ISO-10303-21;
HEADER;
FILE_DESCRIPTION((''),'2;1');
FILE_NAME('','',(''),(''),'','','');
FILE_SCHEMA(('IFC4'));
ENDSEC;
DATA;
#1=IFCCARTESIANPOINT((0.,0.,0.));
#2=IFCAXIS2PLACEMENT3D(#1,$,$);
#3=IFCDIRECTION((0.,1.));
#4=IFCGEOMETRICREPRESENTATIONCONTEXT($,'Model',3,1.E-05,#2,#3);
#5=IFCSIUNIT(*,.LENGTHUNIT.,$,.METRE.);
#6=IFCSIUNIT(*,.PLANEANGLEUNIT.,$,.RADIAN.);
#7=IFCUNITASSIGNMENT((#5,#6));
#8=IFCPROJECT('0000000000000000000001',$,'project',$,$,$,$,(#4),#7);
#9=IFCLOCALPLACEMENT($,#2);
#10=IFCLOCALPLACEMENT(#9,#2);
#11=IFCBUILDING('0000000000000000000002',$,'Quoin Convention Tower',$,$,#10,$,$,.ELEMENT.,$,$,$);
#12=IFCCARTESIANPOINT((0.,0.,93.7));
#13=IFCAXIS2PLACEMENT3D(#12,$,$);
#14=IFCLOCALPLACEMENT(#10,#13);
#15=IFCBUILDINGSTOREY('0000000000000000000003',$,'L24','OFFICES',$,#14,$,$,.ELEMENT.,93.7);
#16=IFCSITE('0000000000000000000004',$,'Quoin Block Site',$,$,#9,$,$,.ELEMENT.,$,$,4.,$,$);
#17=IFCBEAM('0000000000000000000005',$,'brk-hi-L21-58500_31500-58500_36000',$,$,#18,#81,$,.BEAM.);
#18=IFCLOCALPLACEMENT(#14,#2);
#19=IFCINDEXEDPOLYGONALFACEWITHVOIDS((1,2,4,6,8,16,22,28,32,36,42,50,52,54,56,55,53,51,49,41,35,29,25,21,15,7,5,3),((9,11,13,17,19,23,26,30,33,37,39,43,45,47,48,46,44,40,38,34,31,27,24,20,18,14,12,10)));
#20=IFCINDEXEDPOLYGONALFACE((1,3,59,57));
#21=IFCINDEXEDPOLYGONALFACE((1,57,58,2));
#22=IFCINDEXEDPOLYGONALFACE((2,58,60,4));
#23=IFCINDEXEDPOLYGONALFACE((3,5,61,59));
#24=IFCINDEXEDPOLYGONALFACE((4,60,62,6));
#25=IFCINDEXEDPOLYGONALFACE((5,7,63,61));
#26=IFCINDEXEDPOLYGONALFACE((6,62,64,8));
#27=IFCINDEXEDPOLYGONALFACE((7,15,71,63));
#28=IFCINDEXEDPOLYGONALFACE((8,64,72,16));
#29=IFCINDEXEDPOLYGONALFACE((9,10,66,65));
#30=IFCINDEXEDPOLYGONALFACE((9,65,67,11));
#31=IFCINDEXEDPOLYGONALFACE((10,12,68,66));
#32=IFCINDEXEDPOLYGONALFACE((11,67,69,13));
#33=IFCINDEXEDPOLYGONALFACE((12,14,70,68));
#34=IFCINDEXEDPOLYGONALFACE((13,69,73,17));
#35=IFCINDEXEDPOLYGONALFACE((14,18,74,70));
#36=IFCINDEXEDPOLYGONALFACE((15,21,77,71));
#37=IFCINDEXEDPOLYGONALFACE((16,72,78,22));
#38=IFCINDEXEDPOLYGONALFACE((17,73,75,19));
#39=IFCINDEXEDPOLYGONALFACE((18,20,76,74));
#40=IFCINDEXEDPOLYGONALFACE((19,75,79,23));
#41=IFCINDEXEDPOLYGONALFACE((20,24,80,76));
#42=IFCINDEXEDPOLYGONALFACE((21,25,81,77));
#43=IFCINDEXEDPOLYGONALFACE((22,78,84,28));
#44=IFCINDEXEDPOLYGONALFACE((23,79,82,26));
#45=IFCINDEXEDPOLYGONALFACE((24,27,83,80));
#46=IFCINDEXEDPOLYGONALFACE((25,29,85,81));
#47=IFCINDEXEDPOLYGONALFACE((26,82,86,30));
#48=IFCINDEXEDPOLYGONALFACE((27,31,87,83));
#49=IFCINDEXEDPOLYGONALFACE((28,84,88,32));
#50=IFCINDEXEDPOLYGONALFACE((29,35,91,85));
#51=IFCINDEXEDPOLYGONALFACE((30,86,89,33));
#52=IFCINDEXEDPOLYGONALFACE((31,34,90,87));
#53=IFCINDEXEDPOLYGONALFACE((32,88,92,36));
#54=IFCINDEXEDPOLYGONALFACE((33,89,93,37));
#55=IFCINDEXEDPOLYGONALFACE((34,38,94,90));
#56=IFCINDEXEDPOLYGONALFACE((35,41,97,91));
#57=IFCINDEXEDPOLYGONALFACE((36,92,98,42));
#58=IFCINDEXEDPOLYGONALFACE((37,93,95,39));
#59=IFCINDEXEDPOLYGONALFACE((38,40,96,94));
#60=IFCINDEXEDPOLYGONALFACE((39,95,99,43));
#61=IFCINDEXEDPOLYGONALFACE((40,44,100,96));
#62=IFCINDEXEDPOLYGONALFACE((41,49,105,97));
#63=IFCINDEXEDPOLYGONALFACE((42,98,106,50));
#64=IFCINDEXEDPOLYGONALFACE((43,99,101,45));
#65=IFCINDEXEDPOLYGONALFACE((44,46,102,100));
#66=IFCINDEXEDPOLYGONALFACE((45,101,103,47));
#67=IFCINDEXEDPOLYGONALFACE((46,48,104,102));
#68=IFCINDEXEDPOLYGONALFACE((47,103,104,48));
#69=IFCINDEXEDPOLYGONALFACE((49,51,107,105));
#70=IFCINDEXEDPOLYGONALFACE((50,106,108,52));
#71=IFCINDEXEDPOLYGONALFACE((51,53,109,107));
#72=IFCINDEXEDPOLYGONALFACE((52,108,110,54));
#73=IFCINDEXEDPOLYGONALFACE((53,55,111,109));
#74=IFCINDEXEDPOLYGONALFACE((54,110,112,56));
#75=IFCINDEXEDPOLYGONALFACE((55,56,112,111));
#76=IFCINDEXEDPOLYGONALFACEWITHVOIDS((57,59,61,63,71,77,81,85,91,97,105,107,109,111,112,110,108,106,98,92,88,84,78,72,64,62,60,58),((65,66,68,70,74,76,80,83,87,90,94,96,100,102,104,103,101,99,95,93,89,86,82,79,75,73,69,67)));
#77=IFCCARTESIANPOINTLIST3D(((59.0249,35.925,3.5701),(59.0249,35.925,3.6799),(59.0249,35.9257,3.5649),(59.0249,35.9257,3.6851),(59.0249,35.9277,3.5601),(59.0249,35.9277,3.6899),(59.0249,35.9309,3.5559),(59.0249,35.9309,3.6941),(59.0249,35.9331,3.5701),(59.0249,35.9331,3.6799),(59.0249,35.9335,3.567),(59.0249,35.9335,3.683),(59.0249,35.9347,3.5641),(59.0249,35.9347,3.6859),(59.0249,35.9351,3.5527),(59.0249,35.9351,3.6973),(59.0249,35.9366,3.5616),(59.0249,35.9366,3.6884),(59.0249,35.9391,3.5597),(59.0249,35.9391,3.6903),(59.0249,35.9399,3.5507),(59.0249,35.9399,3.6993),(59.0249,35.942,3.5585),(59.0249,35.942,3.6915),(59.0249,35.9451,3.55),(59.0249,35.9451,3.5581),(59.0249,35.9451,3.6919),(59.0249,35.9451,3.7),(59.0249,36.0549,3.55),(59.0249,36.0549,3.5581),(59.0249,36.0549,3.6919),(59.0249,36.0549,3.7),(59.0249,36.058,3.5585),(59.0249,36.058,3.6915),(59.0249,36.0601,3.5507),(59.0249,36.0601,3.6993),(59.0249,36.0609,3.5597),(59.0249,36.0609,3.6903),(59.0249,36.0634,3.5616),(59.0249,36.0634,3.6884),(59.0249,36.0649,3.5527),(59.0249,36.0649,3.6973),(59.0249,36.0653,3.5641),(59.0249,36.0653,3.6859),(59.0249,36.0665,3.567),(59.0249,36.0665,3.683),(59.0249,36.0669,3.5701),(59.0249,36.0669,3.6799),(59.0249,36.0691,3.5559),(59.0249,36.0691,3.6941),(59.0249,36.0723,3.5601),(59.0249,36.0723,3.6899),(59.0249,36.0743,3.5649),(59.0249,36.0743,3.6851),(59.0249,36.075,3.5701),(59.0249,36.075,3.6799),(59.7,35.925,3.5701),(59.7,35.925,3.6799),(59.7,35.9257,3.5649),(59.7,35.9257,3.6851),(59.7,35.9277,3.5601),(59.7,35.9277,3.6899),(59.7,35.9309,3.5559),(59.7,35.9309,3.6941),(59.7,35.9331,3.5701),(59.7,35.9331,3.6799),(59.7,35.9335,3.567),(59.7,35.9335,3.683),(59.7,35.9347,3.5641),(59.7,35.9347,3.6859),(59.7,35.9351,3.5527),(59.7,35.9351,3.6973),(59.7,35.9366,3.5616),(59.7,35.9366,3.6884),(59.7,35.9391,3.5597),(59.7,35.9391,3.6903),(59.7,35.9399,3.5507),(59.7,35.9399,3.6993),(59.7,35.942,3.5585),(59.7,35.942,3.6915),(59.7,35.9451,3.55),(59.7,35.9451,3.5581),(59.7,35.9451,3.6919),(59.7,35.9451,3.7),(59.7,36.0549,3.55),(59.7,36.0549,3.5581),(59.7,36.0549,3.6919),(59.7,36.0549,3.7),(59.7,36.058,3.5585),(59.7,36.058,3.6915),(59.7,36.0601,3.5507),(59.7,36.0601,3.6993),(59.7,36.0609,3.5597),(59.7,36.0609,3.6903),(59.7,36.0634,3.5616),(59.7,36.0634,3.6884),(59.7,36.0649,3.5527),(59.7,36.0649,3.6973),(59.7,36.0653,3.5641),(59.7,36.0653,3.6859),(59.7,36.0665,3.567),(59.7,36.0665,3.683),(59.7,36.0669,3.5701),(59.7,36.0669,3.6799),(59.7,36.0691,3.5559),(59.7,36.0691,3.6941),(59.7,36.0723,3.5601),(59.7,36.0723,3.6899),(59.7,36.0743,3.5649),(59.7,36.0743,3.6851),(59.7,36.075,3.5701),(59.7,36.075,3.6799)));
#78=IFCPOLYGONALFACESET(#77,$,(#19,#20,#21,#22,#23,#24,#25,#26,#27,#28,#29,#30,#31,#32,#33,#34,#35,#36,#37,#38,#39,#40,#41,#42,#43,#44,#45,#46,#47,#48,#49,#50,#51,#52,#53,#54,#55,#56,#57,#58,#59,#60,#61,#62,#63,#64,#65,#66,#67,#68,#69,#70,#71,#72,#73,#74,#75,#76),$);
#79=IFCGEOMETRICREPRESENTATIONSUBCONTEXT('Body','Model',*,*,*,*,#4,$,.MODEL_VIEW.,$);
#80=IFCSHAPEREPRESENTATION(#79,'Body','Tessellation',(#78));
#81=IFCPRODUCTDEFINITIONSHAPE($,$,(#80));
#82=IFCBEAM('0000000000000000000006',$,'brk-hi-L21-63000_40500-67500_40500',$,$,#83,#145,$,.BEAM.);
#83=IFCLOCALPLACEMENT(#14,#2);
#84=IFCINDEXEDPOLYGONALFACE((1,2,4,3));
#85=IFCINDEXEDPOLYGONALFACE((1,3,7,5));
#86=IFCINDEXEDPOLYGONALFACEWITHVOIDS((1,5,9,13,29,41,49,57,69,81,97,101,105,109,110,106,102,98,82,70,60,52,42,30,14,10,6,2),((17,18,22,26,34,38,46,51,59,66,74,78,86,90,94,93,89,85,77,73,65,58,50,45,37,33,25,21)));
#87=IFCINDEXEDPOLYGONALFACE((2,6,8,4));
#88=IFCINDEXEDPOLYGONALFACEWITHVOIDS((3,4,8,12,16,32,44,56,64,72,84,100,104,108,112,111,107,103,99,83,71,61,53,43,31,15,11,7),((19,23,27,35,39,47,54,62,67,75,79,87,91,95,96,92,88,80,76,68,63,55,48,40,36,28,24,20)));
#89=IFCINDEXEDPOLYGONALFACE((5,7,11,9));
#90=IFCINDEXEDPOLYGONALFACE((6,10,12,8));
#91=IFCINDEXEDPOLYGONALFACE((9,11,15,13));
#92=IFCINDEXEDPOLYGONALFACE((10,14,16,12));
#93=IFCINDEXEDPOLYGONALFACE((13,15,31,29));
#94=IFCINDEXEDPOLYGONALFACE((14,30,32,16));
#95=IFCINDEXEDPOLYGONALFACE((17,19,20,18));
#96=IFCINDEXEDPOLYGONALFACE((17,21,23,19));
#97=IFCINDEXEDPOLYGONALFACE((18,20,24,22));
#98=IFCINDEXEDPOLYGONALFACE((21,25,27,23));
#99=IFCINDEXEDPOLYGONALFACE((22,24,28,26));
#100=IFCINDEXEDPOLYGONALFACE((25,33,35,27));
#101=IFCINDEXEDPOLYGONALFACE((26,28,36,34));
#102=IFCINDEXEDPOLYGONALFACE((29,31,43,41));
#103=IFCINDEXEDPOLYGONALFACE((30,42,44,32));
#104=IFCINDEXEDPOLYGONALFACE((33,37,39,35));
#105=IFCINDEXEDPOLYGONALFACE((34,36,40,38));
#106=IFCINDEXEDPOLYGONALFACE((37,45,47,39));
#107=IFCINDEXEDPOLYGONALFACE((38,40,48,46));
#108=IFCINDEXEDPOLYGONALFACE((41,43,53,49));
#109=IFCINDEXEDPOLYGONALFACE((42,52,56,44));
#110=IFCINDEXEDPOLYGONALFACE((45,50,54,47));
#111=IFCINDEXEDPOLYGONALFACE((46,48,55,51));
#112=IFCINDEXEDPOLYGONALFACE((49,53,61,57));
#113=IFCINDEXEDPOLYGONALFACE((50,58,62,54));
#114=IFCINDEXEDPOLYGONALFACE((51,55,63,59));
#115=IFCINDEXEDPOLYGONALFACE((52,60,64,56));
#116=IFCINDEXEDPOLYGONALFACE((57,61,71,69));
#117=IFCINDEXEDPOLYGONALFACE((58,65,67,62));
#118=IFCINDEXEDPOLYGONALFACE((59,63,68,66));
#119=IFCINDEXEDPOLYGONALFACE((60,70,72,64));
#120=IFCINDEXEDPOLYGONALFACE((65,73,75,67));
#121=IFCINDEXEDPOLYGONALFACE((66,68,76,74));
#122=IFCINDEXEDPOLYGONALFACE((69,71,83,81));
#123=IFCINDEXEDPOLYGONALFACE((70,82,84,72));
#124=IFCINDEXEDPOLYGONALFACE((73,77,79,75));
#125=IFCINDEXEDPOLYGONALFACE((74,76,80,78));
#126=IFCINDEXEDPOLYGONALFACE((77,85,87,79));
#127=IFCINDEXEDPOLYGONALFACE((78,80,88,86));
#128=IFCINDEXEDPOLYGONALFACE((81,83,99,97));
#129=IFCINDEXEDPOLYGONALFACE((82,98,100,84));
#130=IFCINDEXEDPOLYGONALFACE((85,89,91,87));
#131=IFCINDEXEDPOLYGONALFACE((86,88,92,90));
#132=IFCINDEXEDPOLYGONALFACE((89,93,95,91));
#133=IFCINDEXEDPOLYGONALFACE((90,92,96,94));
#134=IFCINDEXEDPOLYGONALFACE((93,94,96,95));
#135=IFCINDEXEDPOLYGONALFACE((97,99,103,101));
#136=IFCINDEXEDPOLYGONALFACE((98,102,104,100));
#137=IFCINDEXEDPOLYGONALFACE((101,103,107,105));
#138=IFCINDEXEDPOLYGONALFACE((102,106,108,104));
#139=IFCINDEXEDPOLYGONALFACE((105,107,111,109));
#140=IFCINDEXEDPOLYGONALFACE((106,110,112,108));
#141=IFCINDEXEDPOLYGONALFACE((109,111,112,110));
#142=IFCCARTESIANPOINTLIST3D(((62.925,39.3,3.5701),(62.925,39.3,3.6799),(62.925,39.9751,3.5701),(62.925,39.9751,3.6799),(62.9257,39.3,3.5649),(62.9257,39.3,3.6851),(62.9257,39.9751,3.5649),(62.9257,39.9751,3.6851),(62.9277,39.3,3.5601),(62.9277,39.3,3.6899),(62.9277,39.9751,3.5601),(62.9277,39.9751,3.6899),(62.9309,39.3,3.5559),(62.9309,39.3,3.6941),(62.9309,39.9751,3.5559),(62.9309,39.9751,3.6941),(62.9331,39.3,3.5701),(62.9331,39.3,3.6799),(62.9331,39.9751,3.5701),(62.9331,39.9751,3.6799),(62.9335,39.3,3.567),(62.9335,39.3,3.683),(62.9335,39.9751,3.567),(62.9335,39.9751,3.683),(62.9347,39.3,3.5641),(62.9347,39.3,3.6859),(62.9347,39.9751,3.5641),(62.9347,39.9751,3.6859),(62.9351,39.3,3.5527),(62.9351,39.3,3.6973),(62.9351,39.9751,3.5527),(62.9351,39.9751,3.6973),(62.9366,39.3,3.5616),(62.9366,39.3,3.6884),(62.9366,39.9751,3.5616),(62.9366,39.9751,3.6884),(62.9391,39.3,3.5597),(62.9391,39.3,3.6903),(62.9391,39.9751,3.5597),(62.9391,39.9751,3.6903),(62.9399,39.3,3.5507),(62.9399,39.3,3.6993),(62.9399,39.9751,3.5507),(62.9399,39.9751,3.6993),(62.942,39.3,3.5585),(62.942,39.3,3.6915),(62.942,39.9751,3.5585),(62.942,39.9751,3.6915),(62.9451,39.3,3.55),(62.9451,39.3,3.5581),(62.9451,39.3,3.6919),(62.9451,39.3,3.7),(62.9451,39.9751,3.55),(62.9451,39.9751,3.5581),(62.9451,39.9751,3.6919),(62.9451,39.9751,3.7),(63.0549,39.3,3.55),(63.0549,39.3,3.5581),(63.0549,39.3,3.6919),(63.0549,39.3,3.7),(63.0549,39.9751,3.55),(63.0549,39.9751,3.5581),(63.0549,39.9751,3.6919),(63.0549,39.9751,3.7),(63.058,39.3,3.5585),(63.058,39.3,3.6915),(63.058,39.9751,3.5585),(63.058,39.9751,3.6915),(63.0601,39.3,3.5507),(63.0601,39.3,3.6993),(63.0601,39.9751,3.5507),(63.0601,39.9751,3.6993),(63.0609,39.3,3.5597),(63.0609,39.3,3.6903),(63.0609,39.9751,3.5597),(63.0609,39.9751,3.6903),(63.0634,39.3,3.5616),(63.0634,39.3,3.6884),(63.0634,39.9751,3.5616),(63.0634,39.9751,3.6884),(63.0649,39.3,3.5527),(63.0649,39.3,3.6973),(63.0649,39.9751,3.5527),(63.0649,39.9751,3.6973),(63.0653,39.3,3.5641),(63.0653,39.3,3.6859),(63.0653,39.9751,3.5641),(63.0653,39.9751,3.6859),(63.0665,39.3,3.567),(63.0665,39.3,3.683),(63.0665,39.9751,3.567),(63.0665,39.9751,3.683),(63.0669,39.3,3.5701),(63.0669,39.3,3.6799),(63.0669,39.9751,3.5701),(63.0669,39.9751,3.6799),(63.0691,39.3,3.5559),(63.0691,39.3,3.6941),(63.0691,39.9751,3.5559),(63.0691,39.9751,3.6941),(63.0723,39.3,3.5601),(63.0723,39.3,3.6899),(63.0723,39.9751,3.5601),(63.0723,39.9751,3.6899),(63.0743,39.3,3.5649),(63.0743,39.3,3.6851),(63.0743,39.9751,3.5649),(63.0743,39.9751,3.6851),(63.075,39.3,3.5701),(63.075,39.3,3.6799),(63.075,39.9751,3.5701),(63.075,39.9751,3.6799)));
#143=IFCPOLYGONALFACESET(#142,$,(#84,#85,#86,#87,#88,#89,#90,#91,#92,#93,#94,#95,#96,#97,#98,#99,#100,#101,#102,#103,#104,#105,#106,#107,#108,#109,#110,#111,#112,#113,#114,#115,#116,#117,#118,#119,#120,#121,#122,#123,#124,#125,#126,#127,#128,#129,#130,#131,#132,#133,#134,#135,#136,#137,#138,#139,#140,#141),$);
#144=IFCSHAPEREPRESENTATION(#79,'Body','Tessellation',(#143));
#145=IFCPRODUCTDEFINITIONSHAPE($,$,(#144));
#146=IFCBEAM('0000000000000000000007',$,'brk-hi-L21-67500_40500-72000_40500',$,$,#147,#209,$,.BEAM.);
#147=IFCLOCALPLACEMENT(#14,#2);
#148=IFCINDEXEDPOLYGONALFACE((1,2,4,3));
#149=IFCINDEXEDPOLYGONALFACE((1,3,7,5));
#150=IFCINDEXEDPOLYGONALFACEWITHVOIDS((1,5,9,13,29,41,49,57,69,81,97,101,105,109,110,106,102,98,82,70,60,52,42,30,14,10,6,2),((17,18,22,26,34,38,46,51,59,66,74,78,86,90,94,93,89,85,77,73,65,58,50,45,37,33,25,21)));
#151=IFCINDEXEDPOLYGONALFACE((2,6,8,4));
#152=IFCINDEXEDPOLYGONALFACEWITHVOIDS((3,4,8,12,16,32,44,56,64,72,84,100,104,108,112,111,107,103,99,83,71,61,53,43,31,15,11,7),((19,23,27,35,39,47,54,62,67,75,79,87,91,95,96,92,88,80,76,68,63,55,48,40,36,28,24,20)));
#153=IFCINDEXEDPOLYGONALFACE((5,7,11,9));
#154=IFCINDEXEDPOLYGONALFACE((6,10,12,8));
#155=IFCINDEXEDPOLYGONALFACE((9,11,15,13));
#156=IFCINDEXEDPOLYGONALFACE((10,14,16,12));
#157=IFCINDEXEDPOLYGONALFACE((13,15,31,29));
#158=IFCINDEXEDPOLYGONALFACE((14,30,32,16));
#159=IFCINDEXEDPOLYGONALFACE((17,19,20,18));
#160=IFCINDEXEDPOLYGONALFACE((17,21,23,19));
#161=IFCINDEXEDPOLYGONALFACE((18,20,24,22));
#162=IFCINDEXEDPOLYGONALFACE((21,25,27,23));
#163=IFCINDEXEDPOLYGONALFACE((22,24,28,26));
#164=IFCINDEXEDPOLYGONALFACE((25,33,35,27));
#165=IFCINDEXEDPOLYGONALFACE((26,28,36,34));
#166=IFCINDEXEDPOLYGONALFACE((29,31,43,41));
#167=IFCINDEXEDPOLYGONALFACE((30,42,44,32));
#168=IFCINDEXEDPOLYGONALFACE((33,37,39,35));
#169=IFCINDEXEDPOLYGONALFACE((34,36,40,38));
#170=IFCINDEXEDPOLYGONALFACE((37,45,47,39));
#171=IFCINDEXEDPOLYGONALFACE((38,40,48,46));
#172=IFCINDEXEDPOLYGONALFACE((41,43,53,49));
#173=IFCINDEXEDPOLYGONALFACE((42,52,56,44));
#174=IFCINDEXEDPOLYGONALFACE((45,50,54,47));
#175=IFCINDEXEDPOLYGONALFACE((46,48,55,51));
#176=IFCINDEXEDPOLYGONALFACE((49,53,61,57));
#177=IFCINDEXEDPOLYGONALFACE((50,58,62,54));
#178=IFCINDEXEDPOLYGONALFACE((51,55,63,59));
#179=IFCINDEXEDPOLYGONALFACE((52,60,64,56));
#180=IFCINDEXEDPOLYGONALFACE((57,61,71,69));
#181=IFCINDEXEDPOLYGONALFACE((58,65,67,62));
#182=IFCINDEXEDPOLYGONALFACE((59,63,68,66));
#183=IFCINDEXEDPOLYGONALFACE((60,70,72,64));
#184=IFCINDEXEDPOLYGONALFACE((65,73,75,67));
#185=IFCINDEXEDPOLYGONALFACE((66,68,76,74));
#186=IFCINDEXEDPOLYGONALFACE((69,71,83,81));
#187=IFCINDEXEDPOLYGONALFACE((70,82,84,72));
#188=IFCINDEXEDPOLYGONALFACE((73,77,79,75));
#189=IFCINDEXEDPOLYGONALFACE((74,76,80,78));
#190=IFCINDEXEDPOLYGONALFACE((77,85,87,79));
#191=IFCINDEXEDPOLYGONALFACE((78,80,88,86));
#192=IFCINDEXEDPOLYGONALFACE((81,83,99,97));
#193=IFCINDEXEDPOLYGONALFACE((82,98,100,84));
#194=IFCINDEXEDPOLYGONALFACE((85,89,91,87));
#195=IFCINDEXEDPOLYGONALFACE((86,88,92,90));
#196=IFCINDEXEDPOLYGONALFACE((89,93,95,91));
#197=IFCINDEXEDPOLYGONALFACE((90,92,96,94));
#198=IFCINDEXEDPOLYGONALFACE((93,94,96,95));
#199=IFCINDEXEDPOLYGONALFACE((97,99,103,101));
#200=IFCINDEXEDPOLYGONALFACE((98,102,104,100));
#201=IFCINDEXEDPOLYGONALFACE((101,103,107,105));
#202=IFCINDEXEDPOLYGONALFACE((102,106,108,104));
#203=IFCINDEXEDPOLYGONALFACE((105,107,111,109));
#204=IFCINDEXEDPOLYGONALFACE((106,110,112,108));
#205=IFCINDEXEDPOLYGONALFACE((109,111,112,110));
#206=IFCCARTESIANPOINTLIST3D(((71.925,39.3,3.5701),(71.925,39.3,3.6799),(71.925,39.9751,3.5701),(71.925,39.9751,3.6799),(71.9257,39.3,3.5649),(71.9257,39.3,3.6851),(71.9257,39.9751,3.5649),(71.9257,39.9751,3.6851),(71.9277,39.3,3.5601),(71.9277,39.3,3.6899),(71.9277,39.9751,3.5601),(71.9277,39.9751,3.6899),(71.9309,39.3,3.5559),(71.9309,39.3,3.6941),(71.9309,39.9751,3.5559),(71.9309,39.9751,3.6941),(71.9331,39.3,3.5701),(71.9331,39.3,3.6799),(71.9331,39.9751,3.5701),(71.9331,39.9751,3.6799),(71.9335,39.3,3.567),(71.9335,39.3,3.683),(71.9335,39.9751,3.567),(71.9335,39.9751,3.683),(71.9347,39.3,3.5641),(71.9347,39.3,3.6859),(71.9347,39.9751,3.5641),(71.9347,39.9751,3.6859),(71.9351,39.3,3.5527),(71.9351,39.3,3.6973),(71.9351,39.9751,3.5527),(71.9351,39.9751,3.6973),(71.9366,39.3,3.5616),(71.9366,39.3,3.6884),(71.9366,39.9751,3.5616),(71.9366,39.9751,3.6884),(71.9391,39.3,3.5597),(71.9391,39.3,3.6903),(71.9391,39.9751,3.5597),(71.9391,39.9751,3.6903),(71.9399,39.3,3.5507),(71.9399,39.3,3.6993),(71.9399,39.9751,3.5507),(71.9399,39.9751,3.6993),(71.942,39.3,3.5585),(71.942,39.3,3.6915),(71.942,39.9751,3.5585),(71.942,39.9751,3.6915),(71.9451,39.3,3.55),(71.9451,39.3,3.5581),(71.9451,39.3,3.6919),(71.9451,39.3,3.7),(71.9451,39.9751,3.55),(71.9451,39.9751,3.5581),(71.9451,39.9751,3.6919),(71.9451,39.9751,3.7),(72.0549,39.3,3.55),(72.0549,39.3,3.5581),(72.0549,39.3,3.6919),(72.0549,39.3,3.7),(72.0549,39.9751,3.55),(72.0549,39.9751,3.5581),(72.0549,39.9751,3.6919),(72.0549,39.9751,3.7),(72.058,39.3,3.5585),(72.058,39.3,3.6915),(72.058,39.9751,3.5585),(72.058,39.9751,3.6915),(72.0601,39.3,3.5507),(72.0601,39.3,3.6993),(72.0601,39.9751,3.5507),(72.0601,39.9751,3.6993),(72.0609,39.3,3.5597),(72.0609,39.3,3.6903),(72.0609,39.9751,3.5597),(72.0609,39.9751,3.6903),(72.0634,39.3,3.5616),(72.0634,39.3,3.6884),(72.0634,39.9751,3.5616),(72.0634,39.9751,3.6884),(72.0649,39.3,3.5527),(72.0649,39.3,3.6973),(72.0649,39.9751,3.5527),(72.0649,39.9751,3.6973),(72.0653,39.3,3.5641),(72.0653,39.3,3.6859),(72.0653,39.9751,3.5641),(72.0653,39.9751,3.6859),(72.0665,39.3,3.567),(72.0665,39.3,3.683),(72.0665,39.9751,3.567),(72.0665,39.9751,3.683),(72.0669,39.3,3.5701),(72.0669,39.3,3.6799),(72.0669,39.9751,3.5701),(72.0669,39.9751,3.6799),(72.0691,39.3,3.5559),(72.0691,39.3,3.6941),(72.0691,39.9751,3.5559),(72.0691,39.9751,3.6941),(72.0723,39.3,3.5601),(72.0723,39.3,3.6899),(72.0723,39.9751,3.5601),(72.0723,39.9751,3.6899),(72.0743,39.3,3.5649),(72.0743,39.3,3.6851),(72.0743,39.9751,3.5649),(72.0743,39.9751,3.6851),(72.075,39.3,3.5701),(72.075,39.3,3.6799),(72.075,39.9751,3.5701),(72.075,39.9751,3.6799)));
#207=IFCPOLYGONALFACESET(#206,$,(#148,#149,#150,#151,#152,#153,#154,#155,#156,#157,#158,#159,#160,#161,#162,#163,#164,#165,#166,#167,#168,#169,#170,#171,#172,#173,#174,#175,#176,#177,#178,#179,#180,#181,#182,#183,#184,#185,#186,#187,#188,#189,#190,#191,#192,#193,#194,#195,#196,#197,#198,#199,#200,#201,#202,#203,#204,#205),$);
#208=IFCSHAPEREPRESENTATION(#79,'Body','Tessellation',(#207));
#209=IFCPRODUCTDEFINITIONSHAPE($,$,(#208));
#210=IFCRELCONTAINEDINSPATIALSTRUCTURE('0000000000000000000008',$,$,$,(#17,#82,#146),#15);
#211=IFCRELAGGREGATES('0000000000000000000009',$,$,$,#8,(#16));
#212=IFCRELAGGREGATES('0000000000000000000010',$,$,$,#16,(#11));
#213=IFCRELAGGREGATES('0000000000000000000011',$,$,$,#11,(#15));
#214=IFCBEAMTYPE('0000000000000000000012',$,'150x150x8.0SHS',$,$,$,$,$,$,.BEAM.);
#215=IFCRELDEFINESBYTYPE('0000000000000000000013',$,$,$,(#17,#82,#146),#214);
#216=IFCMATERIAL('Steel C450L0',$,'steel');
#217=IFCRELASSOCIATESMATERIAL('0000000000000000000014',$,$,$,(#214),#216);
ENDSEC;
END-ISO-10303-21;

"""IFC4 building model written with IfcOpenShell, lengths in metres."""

from ifc_helpers import new_model, si_unit, direction, frame, origin, origin_2d, place, context, subcontext, project, spatial, hollow_rectangle, extrude, material, material_profile, profile_set, type_object, element, save


model = new_model("IFC4")

# Units and contexts
model_context = context("Model", 3, precision=1e-05, world=origin(), true_north=direction((0.0, 1.0)))
body_context = subcontext(model_context, "Body", "Model", "MODEL_VIEW")
ifc_project = project(units=[si_unit("LENGTHUNIT", "METRE"), si_unit("PLANEANGLEUNIT", "RADIAN")], contexts=[model_context])

# Site, building, storey
site_placement = place(None, origin())
site = spatial("IfcSite", under=ifc_project, at=site_placement, Name="Quoin Block Site", CompositionType="ELEMENT", RefElevation=4.0)
building_placement = place(site_placement, origin())
building = spatial("IfcBuilding", under=site, at=building_placement, Name="Quoin Convention Tower", CompositionType="ELEMENT")
storey_placement = place(building_placement, frame((0.0, 0.0, 93.7)))
storey = spatial("IfcBuildingStorey", under=building, at=storey_placement, Name="L24", Description="OFFICES", CompositionType="ELEMENT", Elevation=93.7)

# Beams
ifc_material_1 = material(Name="Steel C450L0", Category="steel")
ifc_material_profile_1 = material_profile(ifc_material_1, hollow_rectangle(XDim=0.1499, YDim=0.1499, WallThickness=0.0081, InnerFilletRadius=0.012, OuterFilletRadius=0.02, at=origin_2d()), Name="150x150x8.0SHS")
ifc_profile_set_1 = profile_set([ifc_material_profile_1], Name="Steel C450L0")
beam_type_1 = type_object("IfcBeamType", Name="150x150x8.0SHS", PredefinedType="BEAM", material=ifc_profile_set_1)
for number, where, z_axis, x_axis, name in (
    (1, (59.0249, 36.0, 3.625), (1.0, 0.0, 0.0), (0.0, 1.0, 0.0), "brk-hi-L21-58500_31500-58500_36000"),
    (2, (63.0, 39.9751, 3.625), (0.0, -1.0, 0.0), (1.0, 0.0, 0.0), "brk-hi-L21-63000_40500-67500_40500"),
    (3, (72.0, 39.9751, 3.625), (0.0, -1.0, 0.0), (1.0, 0.0, 0.0), "brk-hi-L21-67500_40500-72000_40500"),
):
    element("IfcBeam", number, at=place(storey_placement, frame(where, z_axis=z_axis, x_axis=x_axis)), inside=storey, type_object=beam_type_1, Name=name, PredefinedType="BEAM", context=body_context, shape_type="SweptSolid", body=[
        extrude(hollow_rectangle(XDim=0.1499, YDim=0.1499, WallThickness=0.0081, InnerFilletRadius=0.012, OuterFilletRadius=0.02, at=origin_2d()), origin(), (0.0, 0.0, 1.0), 0.675),
    ])

save(model, "model.ifc")
